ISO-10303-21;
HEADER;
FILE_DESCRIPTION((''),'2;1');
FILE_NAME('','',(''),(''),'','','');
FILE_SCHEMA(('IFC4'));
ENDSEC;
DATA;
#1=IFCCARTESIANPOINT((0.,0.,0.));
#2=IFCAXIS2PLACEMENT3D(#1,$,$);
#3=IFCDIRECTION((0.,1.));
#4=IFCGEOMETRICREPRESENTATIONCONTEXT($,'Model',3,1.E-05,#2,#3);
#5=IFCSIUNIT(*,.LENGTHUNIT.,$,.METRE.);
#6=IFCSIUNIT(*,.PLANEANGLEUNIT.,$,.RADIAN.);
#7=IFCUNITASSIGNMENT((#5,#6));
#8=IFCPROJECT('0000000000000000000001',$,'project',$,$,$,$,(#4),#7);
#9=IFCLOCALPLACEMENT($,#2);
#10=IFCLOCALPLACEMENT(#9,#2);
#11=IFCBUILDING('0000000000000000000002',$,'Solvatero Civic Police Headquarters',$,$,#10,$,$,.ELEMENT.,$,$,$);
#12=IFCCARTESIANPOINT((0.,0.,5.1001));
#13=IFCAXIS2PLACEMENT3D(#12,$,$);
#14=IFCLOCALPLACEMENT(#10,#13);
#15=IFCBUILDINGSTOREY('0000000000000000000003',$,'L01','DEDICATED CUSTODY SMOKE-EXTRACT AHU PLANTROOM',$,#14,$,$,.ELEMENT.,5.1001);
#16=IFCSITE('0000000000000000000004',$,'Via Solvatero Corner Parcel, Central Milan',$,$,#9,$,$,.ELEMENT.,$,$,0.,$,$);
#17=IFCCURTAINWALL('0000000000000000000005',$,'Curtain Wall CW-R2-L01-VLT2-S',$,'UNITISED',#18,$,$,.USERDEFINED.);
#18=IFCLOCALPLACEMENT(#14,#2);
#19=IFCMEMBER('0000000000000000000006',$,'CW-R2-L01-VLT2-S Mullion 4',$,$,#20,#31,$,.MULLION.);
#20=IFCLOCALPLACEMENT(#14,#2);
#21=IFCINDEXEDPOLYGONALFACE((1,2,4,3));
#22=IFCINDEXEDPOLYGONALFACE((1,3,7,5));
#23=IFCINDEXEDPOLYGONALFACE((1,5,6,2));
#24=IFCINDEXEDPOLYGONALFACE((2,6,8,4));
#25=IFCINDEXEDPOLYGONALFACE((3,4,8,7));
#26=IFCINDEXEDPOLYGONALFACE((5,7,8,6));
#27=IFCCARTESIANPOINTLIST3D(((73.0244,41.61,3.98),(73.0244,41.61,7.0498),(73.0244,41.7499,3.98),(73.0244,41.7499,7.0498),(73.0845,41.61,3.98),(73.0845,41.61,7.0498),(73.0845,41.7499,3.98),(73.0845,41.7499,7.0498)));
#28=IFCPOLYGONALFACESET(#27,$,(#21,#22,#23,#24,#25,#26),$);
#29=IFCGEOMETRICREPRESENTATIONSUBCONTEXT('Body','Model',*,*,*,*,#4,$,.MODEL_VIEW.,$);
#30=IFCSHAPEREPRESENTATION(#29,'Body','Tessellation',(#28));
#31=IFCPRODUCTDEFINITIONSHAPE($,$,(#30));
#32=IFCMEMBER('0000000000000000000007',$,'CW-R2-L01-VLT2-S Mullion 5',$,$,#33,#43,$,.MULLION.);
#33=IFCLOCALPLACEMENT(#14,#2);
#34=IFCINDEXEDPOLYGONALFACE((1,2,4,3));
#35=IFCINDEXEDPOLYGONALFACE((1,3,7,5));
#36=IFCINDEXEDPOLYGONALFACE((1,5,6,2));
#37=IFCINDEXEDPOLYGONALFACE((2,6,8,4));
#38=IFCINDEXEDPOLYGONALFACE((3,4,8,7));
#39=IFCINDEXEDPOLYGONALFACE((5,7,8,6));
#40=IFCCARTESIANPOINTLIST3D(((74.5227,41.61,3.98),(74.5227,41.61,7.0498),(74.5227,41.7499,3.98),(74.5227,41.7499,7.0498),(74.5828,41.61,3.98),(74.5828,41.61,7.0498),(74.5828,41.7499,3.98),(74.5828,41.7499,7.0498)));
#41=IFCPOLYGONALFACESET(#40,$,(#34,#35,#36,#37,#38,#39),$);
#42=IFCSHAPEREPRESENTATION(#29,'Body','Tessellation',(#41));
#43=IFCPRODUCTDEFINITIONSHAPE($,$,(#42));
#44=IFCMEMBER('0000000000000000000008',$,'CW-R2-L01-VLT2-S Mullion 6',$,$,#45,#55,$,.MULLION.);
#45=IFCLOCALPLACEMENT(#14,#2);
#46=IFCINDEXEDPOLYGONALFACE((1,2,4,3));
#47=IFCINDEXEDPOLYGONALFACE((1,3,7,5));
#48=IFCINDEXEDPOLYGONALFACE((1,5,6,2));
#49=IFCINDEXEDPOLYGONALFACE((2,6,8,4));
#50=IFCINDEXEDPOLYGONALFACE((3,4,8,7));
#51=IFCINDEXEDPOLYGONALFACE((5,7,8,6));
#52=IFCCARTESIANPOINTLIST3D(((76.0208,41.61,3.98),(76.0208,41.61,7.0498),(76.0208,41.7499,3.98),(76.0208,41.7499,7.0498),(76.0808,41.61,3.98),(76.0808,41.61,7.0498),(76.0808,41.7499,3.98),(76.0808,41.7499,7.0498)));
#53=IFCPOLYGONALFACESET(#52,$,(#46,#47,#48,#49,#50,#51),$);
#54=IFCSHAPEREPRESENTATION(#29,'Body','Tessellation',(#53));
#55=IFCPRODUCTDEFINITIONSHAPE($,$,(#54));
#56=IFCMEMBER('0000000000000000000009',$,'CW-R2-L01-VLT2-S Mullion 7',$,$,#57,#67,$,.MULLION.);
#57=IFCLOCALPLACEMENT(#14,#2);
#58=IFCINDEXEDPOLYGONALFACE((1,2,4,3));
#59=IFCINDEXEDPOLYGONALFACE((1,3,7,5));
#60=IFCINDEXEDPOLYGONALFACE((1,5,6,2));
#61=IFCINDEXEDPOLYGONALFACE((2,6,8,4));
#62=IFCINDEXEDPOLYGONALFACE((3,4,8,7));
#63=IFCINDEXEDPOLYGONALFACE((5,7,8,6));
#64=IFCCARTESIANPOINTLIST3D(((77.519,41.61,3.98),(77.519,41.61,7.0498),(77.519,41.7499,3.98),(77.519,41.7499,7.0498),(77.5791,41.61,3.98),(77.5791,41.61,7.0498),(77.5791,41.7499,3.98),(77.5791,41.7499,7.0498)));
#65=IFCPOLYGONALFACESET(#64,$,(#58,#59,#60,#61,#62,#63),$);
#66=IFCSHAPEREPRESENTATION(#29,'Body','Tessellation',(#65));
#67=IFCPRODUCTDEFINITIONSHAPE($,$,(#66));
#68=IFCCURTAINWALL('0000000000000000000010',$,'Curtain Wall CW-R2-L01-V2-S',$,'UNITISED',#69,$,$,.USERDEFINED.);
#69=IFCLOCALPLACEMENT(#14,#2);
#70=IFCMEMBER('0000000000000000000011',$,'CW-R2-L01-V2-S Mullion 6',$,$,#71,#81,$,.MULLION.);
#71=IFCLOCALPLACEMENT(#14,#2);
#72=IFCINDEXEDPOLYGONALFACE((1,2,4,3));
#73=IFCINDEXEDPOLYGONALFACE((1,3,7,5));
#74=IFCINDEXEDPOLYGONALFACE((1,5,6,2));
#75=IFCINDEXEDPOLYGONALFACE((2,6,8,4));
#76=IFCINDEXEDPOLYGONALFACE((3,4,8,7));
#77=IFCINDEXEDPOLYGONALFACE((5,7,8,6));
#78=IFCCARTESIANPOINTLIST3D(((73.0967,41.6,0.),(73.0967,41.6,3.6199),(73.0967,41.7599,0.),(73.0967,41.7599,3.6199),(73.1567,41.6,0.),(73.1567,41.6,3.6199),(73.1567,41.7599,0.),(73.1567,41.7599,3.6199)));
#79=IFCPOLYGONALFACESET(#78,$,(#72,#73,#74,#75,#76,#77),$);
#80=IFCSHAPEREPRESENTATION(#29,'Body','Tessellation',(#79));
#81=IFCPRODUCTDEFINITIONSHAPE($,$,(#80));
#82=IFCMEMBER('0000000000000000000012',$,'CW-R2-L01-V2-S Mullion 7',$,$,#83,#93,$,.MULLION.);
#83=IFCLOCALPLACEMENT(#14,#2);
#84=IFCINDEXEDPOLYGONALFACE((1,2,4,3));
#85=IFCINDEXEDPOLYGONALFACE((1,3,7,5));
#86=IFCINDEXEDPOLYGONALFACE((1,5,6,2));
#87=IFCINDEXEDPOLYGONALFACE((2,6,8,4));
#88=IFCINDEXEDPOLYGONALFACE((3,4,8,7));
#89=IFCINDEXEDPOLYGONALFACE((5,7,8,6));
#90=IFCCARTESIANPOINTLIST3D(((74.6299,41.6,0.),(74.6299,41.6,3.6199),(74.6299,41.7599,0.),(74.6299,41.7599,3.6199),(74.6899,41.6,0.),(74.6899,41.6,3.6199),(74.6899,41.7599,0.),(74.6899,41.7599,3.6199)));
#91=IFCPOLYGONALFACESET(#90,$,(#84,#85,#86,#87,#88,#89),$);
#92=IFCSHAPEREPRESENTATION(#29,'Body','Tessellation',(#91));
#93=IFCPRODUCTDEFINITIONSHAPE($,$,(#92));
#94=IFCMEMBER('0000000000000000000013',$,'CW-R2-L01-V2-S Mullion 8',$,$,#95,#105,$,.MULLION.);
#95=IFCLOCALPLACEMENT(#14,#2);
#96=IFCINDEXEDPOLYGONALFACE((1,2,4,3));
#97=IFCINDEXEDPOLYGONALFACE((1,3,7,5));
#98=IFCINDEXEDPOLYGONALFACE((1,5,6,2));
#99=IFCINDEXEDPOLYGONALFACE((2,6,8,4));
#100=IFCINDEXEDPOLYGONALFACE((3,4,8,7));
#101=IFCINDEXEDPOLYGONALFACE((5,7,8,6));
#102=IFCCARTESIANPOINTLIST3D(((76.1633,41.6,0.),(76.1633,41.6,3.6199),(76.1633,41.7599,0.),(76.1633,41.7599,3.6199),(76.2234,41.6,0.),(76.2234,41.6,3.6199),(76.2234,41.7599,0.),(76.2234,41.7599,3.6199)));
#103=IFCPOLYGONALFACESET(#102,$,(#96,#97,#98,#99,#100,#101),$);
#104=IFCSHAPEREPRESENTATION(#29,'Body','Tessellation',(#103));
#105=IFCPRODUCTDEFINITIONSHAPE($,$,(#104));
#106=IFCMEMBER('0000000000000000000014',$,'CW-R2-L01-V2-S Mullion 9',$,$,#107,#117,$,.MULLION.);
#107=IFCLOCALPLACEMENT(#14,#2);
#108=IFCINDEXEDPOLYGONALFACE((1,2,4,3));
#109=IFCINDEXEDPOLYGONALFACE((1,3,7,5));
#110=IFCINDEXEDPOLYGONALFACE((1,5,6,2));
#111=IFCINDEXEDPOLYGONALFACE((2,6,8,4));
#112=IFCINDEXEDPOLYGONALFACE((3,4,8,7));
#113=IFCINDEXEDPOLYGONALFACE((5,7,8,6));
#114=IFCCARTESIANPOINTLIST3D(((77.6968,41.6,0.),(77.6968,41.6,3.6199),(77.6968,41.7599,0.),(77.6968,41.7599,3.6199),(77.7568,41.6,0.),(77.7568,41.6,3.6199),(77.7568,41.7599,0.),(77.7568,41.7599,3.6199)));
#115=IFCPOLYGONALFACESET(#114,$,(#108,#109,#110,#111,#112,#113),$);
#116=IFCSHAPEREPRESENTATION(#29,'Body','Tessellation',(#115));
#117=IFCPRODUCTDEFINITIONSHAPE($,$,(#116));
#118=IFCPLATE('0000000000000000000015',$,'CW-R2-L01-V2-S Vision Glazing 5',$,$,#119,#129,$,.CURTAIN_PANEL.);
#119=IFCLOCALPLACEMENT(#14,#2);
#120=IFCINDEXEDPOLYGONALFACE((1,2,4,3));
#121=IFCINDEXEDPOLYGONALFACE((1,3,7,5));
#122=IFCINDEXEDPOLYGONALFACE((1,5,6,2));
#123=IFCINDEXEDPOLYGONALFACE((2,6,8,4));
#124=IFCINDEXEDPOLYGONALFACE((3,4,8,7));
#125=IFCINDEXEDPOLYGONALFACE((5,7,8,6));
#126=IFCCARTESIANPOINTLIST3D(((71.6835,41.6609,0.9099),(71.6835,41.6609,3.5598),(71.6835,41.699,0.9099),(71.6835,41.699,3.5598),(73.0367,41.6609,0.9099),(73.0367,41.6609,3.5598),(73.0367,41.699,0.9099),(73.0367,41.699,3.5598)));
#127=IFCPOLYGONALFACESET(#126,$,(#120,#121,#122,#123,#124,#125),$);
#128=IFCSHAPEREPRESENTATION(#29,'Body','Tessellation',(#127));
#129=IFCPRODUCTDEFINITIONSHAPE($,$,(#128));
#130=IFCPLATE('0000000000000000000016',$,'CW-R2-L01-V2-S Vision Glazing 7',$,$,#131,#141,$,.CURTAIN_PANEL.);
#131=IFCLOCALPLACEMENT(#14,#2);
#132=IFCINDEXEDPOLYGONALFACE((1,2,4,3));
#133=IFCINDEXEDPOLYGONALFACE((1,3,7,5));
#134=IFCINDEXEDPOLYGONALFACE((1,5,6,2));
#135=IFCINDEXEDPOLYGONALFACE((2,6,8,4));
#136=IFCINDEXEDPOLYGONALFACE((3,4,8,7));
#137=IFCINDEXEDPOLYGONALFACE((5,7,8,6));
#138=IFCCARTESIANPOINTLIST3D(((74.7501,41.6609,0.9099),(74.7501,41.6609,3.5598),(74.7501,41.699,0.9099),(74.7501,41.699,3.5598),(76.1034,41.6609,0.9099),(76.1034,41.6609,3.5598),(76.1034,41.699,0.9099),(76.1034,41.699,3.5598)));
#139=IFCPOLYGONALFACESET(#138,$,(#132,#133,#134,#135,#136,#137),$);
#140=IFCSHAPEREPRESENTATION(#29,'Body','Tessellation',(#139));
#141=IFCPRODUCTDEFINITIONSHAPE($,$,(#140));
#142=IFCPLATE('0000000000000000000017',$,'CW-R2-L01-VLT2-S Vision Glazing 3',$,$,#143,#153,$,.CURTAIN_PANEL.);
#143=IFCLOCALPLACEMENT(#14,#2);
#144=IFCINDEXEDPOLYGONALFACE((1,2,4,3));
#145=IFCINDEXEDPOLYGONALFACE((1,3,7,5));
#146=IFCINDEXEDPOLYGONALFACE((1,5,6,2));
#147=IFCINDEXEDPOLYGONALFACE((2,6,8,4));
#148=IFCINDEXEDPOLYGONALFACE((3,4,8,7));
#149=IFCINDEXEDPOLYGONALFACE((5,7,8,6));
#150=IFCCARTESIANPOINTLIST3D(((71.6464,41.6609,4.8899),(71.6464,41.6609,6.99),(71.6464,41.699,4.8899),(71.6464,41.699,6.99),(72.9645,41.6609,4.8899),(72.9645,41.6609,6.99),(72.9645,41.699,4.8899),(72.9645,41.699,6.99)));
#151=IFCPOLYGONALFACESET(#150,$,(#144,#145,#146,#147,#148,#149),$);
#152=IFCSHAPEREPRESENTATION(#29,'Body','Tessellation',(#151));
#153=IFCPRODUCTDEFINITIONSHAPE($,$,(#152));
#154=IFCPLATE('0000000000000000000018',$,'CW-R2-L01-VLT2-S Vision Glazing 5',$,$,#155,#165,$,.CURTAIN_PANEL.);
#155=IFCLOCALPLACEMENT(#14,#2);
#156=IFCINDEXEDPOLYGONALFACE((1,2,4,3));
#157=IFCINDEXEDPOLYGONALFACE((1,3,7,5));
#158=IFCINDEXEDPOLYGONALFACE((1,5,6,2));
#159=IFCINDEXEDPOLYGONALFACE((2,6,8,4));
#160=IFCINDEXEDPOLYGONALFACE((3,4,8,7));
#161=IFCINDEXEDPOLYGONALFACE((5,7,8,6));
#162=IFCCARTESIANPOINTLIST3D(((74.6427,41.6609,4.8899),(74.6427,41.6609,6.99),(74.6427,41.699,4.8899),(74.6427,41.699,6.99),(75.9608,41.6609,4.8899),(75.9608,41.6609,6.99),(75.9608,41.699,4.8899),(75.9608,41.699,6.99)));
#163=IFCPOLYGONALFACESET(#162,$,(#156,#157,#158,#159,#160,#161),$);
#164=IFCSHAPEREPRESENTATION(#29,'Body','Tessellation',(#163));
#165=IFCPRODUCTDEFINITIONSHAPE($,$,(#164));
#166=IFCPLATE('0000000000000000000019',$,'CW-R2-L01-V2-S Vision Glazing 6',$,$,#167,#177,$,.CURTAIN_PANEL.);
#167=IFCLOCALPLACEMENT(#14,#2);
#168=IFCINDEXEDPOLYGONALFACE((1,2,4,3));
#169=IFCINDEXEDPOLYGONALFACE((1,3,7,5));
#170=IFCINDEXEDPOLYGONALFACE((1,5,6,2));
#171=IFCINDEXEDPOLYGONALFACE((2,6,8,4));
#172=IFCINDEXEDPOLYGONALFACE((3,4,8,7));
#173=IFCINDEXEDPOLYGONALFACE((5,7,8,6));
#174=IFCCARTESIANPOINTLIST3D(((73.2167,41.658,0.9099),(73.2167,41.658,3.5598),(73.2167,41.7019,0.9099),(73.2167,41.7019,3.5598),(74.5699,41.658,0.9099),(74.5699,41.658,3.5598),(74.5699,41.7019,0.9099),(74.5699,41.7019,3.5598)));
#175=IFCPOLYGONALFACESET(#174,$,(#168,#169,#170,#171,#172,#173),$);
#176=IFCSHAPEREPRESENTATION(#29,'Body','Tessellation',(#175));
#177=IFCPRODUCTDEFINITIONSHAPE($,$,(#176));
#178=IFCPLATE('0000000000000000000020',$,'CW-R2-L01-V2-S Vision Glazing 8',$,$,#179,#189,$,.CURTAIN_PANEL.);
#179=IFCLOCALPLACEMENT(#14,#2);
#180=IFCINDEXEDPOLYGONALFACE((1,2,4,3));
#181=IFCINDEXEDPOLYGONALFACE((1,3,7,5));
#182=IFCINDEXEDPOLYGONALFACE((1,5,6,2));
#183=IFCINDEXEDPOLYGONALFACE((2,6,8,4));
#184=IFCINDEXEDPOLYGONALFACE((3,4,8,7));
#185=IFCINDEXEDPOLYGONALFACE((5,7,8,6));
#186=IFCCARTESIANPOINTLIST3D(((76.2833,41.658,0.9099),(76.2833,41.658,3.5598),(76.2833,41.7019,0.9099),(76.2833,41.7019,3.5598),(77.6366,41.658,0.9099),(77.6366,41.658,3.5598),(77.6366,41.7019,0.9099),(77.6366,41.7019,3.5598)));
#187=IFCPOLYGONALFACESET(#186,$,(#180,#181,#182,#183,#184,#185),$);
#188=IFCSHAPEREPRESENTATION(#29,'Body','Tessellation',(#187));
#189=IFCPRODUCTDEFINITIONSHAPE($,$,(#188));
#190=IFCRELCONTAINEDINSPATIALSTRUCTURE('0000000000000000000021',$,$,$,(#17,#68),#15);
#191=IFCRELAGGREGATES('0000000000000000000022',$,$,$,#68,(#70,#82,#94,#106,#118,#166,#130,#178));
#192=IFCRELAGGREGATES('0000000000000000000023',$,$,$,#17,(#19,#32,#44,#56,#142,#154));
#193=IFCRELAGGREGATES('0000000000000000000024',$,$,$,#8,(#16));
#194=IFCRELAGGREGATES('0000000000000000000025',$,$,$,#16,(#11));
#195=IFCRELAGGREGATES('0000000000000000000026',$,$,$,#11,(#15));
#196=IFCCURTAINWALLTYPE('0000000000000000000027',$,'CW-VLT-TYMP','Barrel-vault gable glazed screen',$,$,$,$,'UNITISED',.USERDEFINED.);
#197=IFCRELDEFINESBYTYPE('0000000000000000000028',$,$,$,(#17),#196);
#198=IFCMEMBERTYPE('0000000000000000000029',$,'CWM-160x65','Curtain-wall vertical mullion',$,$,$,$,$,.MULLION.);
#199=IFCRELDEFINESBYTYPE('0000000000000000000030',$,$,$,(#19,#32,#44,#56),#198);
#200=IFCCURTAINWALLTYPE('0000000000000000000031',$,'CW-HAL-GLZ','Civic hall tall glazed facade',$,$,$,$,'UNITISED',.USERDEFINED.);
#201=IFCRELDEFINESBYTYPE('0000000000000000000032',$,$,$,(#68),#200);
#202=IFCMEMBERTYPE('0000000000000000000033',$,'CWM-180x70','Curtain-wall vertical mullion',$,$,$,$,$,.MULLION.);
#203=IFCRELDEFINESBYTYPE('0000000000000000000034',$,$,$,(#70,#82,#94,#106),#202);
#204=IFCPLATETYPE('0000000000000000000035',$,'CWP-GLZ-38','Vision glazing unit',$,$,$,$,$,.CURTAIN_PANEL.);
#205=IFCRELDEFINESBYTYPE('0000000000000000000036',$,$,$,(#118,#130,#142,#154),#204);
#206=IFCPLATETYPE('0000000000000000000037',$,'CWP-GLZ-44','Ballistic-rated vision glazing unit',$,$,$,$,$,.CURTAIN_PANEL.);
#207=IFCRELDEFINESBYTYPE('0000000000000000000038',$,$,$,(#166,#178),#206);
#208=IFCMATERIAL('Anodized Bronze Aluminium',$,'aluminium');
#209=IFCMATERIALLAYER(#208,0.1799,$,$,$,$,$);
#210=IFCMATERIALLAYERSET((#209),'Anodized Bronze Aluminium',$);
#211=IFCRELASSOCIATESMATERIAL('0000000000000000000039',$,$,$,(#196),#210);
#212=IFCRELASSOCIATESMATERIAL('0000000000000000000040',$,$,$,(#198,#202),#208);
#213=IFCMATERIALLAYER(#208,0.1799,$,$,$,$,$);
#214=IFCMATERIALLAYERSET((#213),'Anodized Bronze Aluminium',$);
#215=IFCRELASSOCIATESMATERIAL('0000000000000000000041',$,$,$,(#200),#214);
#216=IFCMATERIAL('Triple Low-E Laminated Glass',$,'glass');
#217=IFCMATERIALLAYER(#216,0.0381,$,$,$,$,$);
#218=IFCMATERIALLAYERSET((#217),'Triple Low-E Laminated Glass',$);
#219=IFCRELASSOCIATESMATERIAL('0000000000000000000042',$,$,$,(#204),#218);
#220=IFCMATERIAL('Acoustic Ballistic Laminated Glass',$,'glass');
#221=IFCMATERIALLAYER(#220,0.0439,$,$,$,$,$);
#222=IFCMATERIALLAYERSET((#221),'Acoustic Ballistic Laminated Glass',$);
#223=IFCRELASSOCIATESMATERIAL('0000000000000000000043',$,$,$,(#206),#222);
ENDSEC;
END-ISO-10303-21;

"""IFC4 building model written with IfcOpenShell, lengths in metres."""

from ifc_helpers import new_model, si_unit, direction, frame, origin, origin_2d, place, context, subcontext, project, spatial, rectangle, extrude, material, layer, layer_set, material_profile, profile_set, type_object, element, aggregate, save


model = new_model("IFC4")

# Units and contexts
model_context = context("Model", 3, precision=1e-05, world=origin(), true_north=direction((0.0, 1.0)))
body_context = subcontext(model_context, "Body", "Model", "MODEL_VIEW")
ifc_project = project(units=[si_unit("LENGTHUNIT", "METRE"), si_unit("PLANEANGLEUNIT", "RADIAN")], contexts=[model_context])

# Site, building, storey
site_placement = place(None, origin())
site = spatial("IfcSite", under=ifc_project, at=site_placement, Name="Via Solvatero Corner Parcel, Central Milan", CompositionType="ELEMENT", RefElevation=0.0)
building_placement = place(site_placement, origin())
building = spatial("IfcBuilding", under=site, at=building_placement, Name="Solvatero Civic Police Headquarters", CompositionType="ELEMENT")
storey_placement = place(building_placement, frame((0.0, 0.0, 5.1001)))
storey = spatial("IfcBuildingStorey", under=building, at=storey_placement, Name="L01", Description="DEDICATED CUSTODY SMOKE-EXTRACT AHU PLANTROOM", CompositionType="ELEMENT", Elevation=5.1001)

# Curtain wall, members
ifc_material_1 = material(Name="Anodized Bronze Aluminium", Category="aluminium")
ifc_layer_1 = layer(ifc_material_1, 0.1799)
ifc_layer_set_1 = layer_set([ifc_layer_1], Name="Anodized Bronze Aluminium")
curtain_wall_type_1 = type_object("IfcCurtainWallType", Name="CW-VLT-TYMP", Description="Barrel-vault gable glazed screen", ElementType="UNITISED", PredefinedType="USERDEFINED", material=ifc_layer_set_1)
curtain_wall_1_placement = place(storey_placement, origin())
curtain_wall_1 = element("IfcCurtainWall", 1, at=curtain_wall_1_placement, inside=storey, type_object=curtain_wall_type_1, Name="Curtain Wall CW-R2-L01-VLT2-S", ObjectType="UNITISED", PredefinedType="USERDEFINED")
ifc_material_profile_1 = material_profile(ifc_material_1, rectangle(XDim=0.0601, YDim=0.1399, at=origin_2d()), Name="ALU MULLION 60x140")
ifc_profile_set_1 = profile_set([ifc_material_profile_1], Name="Anodized Bronze Aluminium")
member_type_1 = type_object("IfcMemberType", Name="CWM-160x65", Description="Curtain-wall vertical mullion", PredefinedType="MULLION", material=ifc_profile_set_1)
member_1_placement = place(storey_placement, frame((73.0544, 41.6799, 3.98), z_axis=(0.0, 0.0, 1.0), x_axis=(1.0, 0.0, 0.0)))
member_1 = element("IfcMember", 2, at=member_1_placement, type_object=member_type_1, Name="CW-R2-L01-VLT2-S Mullion 4", PredefinedType="MULLION", context=body_context, shape_type="SweptSolid", body=[
    extrude(rectangle(XDim=0.0601, YDim=0.1399, at=origin_2d()), origin(), (0.0, 0.0, 1.0), 3.0698),
])
member_2_placement = place(storey_placement, frame((74.5527, 41.6799, 3.98), z_axis=(0.0, 0.0, 1.0), x_axis=(1.0, 0.0, 0.0)))
member_2 = element("IfcMember", 3, at=member_2_placement, type_object=member_type_1, Name="CW-R2-L01-VLT2-S Mullion 5", PredefinedType="MULLION", context=body_context, shape_type="SweptSolid", body=[
    extrude(rectangle(XDim=0.0601, YDim=0.1399, at=origin_2d()), origin(), (0.0, 0.0, 1.0), 3.0698),
])
member_3_placement = place(storey_placement, frame((76.0508, 41.6799, 3.98), z_axis=(0.0, 0.0, 1.0), x_axis=(1.0, 0.0, 0.0)))
member_3 = element("IfcMember", 4, at=member_3_placement, type_object=member_type_1, Name="CW-R2-L01-VLT2-S Mullion 6", PredefinedType="MULLION", context=body_context, shape_type="SweptSolid", body=[
    extrude(rectangle(XDim=0.0601, YDim=0.1399, at=origin_2d()), origin(), (0.0, 0.0, 1.0), 3.0698),
])
member_4_placement = place(storey_placement, frame((77.5491, 41.6799, 3.98), z_axis=(0.0, 0.0, 1.0), x_axis=(1.0, 0.0, 0.0)))
member_4 = element("IfcMember", 5, at=member_4_placement, type_object=member_type_1, Name="CW-R2-L01-VLT2-S Mullion 7", PredefinedType="MULLION", context=body_context, shape_type="SweptSolid", body=[
    extrude(rectangle(XDim=0.0601, YDim=0.1399, at=origin_2d()), origin(), (0.0, 0.0, 1.0), 3.0698),
])

# Curtain wall, members, plates
ifc_layer_2 = layer(ifc_material_1, 0.1799)
ifc_layer_set_2 = layer_set([ifc_layer_2], Name="Anodized Bronze Aluminium")
curtain_wall_type_2 = type_object("IfcCurtainWallType", Name="CW-HAL-GLZ", Description="Civic hall tall glazed facade", ElementType="UNITISED", PredefinedType="USERDEFINED", material=ifc_layer_set_2)
curtain_wall_2_placement = place(storey_placement, origin())
curtain_wall_2 = element("IfcCurtainWall", 6, at=curtain_wall_2_placement, inside=storey, type_object=curtain_wall_type_2, Name="Curtain Wall CW-R2-L01-V2-S", ObjectType="UNITISED", PredefinedType="USERDEFINED")
ifc_material_profile_2 = material_profile(ifc_material_1, rectangle(XDim=0.0601, YDim=0.1599, at=origin_2d()), Name="ALU MULLION 60x160")
ifc_profile_set_2 = profile_set([ifc_material_profile_2], Name="Anodized Bronze Aluminium")
member_type_2 = type_object("IfcMemberType", Name="CWM-180x70", Description="Curtain-wall vertical mullion", PredefinedType="MULLION", material=ifc_profile_set_2)
member_5_placement = place(storey_placement, frame((73.1267, 41.6799, 0.0), z_axis=(0.0, 0.0, 1.0), x_axis=(1.0, 0.0, 0.0)))
member_5 = element("IfcMember", 7, at=member_5_placement, type_object=member_type_2, Name="CW-R2-L01-V2-S Mullion 6", PredefinedType="MULLION", context=body_context, shape_type="SweptSolid", body=[
    extrude(rectangle(XDim=0.0601, YDim=0.1599, at=origin_2d()), origin(), (0.0, 0.0, 1.0), 3.6199),
])
member_6_placement = place(storey_placement, frame((74.6599, 41.6799, 0.0), z_axis=(0.0, 0.0, 1.0), x_axis=(1.0, 0.0, 0.0)))
member_6 = element("IfcMember", 8, at=member_6_placement, type_object=member_type_2, Name="CW-R2-L01-V2-S Mullion 7", PredefinedType="MULLION", context=body_context, shape_type="SweptSolid", body=[
    extrude(rectangle(XDim=0.0601, YDim=0.1599, at=origin_2d()), origin(), (0.0, 0.0, 1.0), 3.6199),
])
member_7_placement = place(storey_placement, frame((76.1934, 41.6799, 0.0), z_axis=(0.0, 0.0, 1.0), x_axis=(1.0, 0.0, 0.0)))
member_7 = element("IfcMember", 9, at=member_7_placement, type_object=member_type_2, Name="CW-R2-L01-V2-S Mullion 8", PredefinedType="MULLION", context=body_context, shape_type="SweptSolid", body=[
    extrude(rectangle(XDim=0.0601, YDim=0.1599, at=origin_2d()), origin(), (0.0, 0.0, 1.0), 3.6199),
])
member_8_placement = place(storey_placement, frame((77.7268, 41.6799, 0.0), z_axis=(0.0, 0.0, 1.0), x_axis=(1.0, 0.0, 0.0)))
member_8 = element("IfcMember", 10, at=member_8_placement, type_object=member_type_2, Name="CW-R2-L01-V2-S Mullion 9", PredefinedType="MULLION", context=body_context, shape_type="SweptSolid", body=[
    extrude(rectangle(XDim=0.0601, YDim=0.1599, at=origin_2d()), origin(), (0.0, 0.0, 1.0), 3.6199),
])
ifc_material_2 = material(Name="Triple Low-E Laminated Glass", Category="glass")
ifc_layer_3 = layer(ifc_material_2, 0.0381)
ifc_layer_set_3 = layer_set([ifc_layer_3], Name="Triple Low-E Laminated Glass")
plate_type_1 = type_object("IfcPlateType", Name="CWP-GLZ-38", Description="Vision glazing unit", PredefinedType="CURTAIN_PANEL", material=ifc_layer_set_3)
plate_1_placement = place(storey_placement, frame((72.3601, 41.6799, 0.9099), z_axis=(0.0, 0.0, 1.0), x_axis=(1.0, 0.0, 0.0)))
plate_1 = element("IfcPlate", 11, at=plate_1_placement, type_object=plate_type_1, Name="CW-R2-L01-V2-S Vision Glazing 5", PredefinedType="CURTAIN_PANEL", context=body_context, shape_type="SweptSolid", body=[
    extrude(rectangle(XDim=1.3533, YDim=0.0381, at=origin_2d()), origin(), (0.0, 0.0, 1.0), 2.6499),
])
plate_2_placement = place(storey_placement, frame((75.4268, 41.6799, 0.9099), z_axis=(0.0, 0.0, 1.0), x_axis=(1.0, 0.0, 0.0)))
plate_2 = element("IfcPlate", 12, at=plate_2_placement, type_object=plate_type_1, Name="CW-R2-L01-V2-S Vision Glazing 7", PredefinedType="CURTAIN_PANEL", context=body_context, shape_type="SweptSolid", body=[
    extrude(rectangle(XDim=1.3533, YDim=0.0381, at=origin_2d()), origin(), (0.0, 0.0, 1.0), 2.6499),
])

# Plates
plate_3_placement = place(storey_placement, frame((72.3054, 41.6799, 4.8899), z_axis=(0.0, 0.0, 1.0), x_axis=(1.0, 0.0, 0.0)))
plate_3 = element("IfcPlate", 13, at=plate_3_placement, type_object=plate_type_1, Name="CW-R2-L01-VLT2-S Vision Glazing 3", PredefinedType="CURTAIN_PANEL", context=body_context, shape_type="SweptSolid", body=[
    extrude(rectangle(XDim=1.3181, YDim=0.0381, at=origin_2d()), origin(), (0.0, 0.0, 1.0), 2.1001),
])
plate_4_placement = place(storey_placement, frame((75.3018, 41.6799, 4.8899), z_axis=(0.0, 0.0, 1.0), x_axis=(1.0, 0.0, 0.0)))
plate_4 = element("IfcPlate", 14, at=plate_4_placement, type_object=plate_type_1, Name="CW-R2-L01-VLT2-S Vision Glazing 5", PredefinedType="CURTAIN_PANEL", context=body_context, shape_type="SweptSolid", body=[
    extrude(rectangle(XDim=1.3181, YDim=0.0381, at=origin_2d()), origin(), (0.0, 0.0, 1.0), 2.1001),
])
ifc_material_3 = material(Name="Acoustic Ballistic Laminated Glass", Category="glass")
ifc_layer_4 = layer(ifc_material_3, 0.0439)
ifc_layer_set_4 = layer_set([ifc_layer_4], Name="Acoustic Ballistic Laminated Glass")
plate_type_2 = type_object("IfcPlateType", Name="CWP-GLZ-44", Description="Ballistic-rated vision glazing unit", PredefinedType="CURTAIN_PANEL", material=ifc_layer_set_4)
plate_5_placement = place(storey_placement, frame((73.8933, 41.6799, 0.9099), z_axis=(0.0, 0.0, 1.0), x_axis=(1.0, 0.0, 0.0)))
plate_5 = element("IfcPlate", 15, at=plate_5_placement, type_object=plate_type_2, Name="CW-R2-L01-V2-S Vision Glazing 6", PredefinedType="CURTAIN_PANEL", context=body_context, shape_type="SweptSolid", body=[
    extrude(rectangle(XDim=1.3533, YDim=0.0439, at=origin_2d()), origin(), (0.0, 0.0, 1.0), 2.6499),
])
plate_6_placement = place(storey_placement, frame((76.96, 41.6799, 0.9099), z_axis=(0.0, 0.0, 1.0), x_axis=(1.0, 0.0, 0.0)))
plate_6 = element("IfcPlate", 16, at=plate_6_placement, type_object=plate_type_2, Name="CW-R2-L01-V2-S Vision Glazing 8", PredefinedType="CURTAIN_PANEL", context=body_context, shape_type="SweptSolid", body=[
    extrude(rectangle(XDim=1.3533, YDim=0.0439, at=origin_2d()), origin(), (0.0, 0.0, 1.0), 2.6499),
])
aggregate(curtain_wall_2, [member_5, member_6, member_7, member_8, plate_1, plate_5, plate_2, plate_6])
aggregate(curtain_wall_1, [member_1, member_2, member_3, member_4, plate_3, plate_4])

save(model, "model.ifc")
